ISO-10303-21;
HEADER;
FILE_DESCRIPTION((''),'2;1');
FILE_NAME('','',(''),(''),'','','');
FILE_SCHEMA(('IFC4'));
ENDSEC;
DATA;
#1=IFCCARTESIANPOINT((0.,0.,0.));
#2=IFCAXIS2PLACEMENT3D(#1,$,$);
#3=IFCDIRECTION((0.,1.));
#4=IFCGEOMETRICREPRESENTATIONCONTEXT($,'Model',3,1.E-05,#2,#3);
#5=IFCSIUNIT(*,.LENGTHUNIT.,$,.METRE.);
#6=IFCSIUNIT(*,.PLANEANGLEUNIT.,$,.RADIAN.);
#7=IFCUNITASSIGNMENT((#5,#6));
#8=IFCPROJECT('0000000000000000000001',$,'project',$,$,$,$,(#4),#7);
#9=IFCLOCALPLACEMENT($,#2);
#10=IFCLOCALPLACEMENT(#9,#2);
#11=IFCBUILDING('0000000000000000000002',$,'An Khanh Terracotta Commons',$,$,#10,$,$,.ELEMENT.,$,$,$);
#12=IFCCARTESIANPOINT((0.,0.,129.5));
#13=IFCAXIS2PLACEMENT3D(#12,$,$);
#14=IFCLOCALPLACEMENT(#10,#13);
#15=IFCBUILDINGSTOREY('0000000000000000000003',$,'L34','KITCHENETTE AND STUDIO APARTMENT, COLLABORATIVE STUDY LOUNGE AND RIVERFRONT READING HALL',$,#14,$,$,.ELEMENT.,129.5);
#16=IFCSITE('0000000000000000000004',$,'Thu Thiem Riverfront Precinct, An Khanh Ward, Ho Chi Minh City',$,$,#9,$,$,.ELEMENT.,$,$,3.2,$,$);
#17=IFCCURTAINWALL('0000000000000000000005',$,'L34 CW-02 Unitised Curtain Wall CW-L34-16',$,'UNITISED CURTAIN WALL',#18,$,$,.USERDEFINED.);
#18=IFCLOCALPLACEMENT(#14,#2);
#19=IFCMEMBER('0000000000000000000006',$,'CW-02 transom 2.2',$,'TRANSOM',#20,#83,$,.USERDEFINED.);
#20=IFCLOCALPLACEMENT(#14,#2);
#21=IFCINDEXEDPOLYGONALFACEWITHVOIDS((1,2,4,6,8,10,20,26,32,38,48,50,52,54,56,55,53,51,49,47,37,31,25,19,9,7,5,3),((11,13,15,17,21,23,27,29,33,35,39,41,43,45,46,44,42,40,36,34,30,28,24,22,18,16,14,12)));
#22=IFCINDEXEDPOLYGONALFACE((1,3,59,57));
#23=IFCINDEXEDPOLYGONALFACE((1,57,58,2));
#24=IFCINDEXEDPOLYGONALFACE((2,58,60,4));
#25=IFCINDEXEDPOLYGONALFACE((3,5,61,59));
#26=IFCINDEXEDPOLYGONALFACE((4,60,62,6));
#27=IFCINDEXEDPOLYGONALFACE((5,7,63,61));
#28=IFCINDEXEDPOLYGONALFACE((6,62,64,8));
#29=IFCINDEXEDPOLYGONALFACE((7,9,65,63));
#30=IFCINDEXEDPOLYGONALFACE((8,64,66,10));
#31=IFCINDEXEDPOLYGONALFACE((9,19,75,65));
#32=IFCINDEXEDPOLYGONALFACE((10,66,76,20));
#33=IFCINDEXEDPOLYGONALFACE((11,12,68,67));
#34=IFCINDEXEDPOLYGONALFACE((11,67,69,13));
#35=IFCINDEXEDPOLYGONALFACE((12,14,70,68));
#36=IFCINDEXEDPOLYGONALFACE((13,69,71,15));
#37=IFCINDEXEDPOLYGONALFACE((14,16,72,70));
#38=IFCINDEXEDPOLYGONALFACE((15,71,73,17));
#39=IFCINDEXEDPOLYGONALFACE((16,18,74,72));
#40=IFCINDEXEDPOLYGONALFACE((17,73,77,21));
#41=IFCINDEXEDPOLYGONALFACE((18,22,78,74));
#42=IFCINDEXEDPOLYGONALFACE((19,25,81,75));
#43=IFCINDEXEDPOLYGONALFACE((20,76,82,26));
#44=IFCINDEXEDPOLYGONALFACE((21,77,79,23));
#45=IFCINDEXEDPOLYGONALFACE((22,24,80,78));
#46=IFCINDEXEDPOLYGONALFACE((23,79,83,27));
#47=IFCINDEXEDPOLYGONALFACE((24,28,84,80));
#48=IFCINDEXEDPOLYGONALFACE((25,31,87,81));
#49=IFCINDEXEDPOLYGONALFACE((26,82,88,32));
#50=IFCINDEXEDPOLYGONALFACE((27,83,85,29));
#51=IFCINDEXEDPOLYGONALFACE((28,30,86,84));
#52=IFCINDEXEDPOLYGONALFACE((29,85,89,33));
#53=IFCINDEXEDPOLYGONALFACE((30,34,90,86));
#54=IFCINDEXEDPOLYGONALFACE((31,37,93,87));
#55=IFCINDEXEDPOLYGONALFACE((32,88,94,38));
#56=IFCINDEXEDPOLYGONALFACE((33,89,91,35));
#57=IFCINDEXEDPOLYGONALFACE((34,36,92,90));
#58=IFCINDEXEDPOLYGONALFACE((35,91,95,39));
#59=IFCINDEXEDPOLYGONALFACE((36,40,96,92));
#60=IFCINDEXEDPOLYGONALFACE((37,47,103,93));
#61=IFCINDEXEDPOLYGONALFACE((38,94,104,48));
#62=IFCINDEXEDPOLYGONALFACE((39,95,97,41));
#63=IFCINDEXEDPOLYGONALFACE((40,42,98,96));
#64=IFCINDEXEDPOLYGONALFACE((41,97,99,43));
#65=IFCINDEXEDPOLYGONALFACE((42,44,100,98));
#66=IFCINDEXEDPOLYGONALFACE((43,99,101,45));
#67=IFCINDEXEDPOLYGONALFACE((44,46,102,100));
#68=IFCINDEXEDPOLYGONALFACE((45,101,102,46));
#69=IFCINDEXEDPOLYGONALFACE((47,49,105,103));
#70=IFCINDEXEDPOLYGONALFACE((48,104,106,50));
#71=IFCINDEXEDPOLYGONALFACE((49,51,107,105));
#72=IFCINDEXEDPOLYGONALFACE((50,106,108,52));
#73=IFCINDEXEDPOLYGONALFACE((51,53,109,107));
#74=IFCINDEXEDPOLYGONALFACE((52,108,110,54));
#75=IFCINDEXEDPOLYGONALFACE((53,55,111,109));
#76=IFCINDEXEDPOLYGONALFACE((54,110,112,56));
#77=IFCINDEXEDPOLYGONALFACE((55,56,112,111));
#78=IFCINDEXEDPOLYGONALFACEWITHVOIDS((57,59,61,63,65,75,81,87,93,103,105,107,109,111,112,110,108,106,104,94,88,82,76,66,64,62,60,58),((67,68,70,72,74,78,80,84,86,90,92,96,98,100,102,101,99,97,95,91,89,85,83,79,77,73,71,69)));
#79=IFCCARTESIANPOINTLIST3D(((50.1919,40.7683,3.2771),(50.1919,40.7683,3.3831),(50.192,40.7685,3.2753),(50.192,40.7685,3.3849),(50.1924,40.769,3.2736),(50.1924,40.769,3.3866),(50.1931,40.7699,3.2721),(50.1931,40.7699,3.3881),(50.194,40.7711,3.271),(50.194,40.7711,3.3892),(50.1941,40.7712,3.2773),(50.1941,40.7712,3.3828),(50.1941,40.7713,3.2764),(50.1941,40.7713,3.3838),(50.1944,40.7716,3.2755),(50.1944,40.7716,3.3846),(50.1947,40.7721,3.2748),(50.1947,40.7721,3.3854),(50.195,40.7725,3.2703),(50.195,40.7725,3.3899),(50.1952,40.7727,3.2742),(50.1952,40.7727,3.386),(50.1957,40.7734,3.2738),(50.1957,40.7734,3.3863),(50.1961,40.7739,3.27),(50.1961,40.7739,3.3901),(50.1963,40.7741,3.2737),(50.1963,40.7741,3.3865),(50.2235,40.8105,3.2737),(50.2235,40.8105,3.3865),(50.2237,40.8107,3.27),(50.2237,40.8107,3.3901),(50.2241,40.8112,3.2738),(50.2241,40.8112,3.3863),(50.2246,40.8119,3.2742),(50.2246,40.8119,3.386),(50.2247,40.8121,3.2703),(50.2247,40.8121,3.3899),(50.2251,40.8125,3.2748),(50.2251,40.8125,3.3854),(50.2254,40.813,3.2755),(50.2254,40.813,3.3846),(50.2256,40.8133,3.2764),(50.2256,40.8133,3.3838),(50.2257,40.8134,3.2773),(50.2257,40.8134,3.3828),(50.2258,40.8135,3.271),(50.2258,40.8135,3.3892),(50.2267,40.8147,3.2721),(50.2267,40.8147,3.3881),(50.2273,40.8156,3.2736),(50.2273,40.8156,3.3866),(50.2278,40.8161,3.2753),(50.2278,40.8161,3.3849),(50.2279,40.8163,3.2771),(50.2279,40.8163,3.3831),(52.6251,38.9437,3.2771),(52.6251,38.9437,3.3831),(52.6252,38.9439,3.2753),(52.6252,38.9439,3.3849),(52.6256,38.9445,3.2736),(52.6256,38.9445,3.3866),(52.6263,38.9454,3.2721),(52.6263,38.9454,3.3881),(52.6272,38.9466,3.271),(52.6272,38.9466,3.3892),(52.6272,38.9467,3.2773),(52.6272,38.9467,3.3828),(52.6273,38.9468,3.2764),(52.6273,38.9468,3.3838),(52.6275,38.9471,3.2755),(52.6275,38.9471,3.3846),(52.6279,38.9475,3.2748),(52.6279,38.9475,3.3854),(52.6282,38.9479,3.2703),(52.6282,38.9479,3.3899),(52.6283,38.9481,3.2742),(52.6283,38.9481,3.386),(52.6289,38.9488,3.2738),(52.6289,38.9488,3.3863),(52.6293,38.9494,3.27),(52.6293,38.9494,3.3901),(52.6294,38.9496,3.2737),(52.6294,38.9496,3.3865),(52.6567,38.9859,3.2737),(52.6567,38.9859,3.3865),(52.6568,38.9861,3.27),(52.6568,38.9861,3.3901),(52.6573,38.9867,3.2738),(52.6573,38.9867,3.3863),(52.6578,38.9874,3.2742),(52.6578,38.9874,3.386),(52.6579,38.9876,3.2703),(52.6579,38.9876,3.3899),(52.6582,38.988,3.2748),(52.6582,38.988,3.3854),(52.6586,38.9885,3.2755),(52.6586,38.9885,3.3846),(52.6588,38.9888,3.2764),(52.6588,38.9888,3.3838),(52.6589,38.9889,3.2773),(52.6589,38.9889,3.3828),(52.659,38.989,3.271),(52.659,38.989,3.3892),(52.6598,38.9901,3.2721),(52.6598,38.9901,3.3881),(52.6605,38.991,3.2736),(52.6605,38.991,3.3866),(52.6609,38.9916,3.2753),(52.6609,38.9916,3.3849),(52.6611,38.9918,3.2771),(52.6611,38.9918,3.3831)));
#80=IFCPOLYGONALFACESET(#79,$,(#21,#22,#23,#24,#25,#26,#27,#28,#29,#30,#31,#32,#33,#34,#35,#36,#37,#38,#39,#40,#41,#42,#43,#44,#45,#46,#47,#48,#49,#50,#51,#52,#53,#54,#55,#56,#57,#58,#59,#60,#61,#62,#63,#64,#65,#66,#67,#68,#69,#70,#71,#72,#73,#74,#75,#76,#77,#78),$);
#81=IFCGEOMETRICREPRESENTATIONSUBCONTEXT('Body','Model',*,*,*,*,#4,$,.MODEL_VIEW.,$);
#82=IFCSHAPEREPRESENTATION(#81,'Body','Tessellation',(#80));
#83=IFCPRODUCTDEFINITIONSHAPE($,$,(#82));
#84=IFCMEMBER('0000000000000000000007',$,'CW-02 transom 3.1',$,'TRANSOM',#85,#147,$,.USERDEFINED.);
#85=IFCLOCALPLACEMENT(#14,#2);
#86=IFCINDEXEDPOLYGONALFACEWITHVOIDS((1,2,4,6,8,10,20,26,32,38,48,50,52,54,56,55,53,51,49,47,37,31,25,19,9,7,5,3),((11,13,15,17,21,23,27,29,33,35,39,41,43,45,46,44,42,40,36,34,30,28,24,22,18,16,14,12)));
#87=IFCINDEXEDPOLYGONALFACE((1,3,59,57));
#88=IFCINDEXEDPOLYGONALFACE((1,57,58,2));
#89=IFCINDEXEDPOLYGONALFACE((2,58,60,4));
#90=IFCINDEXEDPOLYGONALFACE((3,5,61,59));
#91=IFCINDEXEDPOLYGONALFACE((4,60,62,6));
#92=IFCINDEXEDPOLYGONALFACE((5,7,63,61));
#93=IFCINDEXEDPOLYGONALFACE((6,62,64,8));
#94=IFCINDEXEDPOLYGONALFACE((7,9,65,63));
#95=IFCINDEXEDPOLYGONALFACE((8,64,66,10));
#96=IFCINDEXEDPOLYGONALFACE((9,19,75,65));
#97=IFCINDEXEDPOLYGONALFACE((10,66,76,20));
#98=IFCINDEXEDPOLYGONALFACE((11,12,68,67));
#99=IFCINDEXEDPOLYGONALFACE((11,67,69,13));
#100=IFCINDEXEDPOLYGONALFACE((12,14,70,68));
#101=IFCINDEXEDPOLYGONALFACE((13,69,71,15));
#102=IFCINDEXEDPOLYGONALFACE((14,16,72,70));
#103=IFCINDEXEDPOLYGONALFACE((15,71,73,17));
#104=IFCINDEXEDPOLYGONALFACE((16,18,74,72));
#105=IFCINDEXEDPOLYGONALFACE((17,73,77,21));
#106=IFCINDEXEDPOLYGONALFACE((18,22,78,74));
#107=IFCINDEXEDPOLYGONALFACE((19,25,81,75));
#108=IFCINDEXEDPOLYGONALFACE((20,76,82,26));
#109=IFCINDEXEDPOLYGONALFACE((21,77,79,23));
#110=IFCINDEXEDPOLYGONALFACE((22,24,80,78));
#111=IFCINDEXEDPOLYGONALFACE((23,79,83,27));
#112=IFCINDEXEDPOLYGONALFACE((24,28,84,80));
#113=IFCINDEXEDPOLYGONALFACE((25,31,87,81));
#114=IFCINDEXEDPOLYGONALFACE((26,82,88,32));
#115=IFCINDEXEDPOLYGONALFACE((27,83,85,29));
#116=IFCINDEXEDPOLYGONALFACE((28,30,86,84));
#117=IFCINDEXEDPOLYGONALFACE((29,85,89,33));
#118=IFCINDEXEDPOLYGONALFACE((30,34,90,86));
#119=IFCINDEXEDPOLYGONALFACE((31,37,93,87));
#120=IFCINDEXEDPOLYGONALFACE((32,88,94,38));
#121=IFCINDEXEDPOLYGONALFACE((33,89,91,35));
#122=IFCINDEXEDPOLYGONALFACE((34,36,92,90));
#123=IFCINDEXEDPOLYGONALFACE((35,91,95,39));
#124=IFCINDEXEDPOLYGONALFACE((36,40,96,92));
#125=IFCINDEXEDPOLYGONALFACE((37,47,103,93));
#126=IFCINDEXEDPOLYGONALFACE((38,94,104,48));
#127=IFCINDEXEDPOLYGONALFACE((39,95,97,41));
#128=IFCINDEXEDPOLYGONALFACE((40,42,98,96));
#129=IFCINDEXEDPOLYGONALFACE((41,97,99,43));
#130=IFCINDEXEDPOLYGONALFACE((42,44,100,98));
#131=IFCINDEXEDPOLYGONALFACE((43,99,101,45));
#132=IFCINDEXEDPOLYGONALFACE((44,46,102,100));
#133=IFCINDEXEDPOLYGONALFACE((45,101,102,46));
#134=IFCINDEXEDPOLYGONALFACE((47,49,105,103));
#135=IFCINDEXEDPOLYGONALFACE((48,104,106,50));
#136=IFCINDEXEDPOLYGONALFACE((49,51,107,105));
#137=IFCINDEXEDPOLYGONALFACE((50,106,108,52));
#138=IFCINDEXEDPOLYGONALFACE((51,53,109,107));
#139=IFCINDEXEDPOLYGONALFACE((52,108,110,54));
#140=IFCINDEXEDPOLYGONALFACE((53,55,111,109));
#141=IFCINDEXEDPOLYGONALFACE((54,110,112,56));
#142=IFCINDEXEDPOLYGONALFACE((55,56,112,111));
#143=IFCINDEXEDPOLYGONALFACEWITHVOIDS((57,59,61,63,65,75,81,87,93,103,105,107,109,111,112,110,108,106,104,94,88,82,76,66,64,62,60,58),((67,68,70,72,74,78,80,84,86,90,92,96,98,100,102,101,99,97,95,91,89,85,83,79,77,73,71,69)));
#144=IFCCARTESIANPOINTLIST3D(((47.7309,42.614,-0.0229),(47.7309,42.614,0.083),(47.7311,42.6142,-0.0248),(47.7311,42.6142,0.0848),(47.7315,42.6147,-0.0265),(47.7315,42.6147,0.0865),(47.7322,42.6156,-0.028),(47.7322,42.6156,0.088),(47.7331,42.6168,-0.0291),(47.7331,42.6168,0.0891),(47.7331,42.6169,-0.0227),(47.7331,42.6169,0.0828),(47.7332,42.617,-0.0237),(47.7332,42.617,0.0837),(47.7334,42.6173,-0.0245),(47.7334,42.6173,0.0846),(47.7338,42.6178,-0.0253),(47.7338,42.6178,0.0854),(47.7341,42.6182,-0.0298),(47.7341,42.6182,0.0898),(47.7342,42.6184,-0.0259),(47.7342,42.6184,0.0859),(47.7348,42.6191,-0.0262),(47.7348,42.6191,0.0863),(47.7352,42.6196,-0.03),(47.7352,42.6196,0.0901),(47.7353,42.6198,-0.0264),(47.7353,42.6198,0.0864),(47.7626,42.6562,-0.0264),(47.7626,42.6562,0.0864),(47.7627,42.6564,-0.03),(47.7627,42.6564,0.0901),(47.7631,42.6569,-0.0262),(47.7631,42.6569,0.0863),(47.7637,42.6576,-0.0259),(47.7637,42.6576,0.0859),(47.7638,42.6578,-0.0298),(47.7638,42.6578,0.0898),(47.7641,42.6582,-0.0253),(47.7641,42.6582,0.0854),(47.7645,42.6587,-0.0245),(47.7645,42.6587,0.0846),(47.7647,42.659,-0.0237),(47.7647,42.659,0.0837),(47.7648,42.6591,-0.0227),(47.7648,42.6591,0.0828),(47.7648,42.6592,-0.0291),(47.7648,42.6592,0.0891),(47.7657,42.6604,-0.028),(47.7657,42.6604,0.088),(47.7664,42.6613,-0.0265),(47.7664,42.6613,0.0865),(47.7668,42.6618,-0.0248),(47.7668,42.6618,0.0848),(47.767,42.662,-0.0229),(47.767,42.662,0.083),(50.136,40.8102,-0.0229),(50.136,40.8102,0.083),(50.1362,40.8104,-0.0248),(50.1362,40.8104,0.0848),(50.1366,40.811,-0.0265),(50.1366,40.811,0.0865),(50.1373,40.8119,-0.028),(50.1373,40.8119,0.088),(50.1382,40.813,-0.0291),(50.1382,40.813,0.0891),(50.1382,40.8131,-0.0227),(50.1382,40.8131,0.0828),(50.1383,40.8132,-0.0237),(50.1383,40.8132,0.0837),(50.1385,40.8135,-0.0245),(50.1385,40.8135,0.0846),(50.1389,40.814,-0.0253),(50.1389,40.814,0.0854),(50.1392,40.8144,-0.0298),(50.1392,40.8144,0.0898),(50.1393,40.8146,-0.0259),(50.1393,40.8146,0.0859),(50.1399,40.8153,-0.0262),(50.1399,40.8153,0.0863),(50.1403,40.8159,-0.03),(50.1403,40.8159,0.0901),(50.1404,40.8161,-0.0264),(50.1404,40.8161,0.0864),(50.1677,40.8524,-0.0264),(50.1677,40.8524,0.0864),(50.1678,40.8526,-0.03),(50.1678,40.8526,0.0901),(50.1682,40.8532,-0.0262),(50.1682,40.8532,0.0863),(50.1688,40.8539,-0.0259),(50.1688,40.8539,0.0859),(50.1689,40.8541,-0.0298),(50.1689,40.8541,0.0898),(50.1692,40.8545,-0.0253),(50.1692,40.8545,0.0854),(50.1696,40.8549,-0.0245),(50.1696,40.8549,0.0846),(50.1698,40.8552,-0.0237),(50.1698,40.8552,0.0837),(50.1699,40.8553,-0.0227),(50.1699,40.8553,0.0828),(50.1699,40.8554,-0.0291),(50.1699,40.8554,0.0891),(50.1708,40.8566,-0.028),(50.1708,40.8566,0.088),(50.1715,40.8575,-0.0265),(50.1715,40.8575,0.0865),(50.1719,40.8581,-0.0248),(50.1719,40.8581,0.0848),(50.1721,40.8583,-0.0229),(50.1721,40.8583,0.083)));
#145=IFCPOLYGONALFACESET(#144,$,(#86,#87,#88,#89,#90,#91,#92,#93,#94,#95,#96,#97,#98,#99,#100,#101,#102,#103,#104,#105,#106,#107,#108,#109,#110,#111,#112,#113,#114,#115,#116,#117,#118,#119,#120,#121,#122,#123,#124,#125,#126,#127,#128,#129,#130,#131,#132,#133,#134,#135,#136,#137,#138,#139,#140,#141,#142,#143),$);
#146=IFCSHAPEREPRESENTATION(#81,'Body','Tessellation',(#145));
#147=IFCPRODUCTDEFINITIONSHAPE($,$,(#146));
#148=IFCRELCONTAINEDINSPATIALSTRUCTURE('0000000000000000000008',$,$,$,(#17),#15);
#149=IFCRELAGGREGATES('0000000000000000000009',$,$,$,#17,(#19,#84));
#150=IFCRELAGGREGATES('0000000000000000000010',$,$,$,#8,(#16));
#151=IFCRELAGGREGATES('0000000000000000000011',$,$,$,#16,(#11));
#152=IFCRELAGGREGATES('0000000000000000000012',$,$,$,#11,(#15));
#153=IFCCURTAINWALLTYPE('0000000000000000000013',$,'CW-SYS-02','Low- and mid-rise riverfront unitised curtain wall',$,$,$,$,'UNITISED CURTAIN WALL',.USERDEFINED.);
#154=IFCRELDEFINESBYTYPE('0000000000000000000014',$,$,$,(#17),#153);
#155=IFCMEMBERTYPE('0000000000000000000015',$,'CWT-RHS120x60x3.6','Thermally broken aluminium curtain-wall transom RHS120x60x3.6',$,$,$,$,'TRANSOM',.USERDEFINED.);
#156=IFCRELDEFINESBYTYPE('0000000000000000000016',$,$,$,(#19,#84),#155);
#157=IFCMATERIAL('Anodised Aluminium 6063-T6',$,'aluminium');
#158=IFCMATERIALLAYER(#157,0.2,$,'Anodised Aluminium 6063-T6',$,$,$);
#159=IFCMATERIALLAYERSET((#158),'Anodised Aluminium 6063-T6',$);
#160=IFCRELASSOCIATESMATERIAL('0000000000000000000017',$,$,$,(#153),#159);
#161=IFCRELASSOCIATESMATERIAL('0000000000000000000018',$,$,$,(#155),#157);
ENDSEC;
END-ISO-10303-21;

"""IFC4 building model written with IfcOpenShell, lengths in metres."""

from ifc_helpers import new_model, si_unit, direction, frame, origin, origin_2d, place, context, subcontext, project, spatial, hollow_rectangle, extrude, material, layer, layer_set, material_profile, profile_set, type_object, element, aggregate, save


model = new_model("IFC4")

# Units and contexts
model_context = context("Model", 3, precision=1e-05, world=origin(), true_north=direction((0.0, 1.0)))
body_context = subcontext(model_context, "Body", "Model", "MODEL_VIEW")
ifc_project = project(units=[si_unit("LENGTHUNIT", "METRE"), si_unit("PLANEANGLEUNIT", "RADIAN")], contexts=[model_context])

# Site, building, storey
site_placement = place(None, origin())
site = spatial("IfcSite", under=ifc_project, at=site_placement, Name="Thu Thiem Riverfront Precinct, An Khanh Ward, Ho Chi Minh City", CompositionType="ELEMENT", RefElevation=3.2)
building_placement = place(site_placement, origin())
building = spatial("IfcBuilding", under=site, at=building_placement, Name="An Khanh Terracotta Commons", CompositionType="ELEMENT")
storey_placement = place(building_placement, frame((0.0, 0.0, 129.5)))
storey = spatial("IfcBuildingStorey", under=building, at=storey_placement, Name="L34", Description="KITCHENETTE AND STUDIO APARTMENT, COLLABORATIVE STUDY LOUNGE AND RIVERFRONT READING HALL", CompositionType="ELEMENT", Elevation=129.5)

# Curtain wall, members
ifc_material_1 = material(Name="Anodised Aluminium 6063-T6", Category="aluminium")
ifc_layer_1 = layer(ifc_material_1, 0.2, Name="Anodised Aluminium 6063-T6")
ifc_layer_set_1 = layer_set([ifc_layer_1], Name="Anodised Aluminium 6063-T6")
curtain_wall_type = type_object("IfcCurtainWallType", Name="CW-SYS-02", Description="Low- and mid-rise riverfront unitised curtain wall", ElementType="UNITISED CURTAIN WALL", PredefinedType="USERDEFINED", material=ifc_layer_set_1)
curtain_wall_placement = place(storey_placement, origin())
curtain_wall = element("IfcCurtainWall", 1, at=curtain_wall_placement, inside=storey, type_object=curtain_wall_type, Name="L34 CW-02 Unitised Curtain Wall CW-L34-16", ObjectType="UNITISED CURTAIN WALL", PredefinedType="USERDEFINED")
ifc_material_profile_1 = material_profile(ifc_material_1, hollow_rectangle(XDim=0.0601, YDim=0.1201, WallThickness=0.0037, InnerFilletRadius=0.0037, OuterFilletRadius=0.0071, at=origin_2d()), Name="RHS120x60x3.6")
ifc_profile_set_1 = profile_set([ifc_material_profile_1], Name="Anodised Aluminium 6063-T6")
member_type_1 = type_object("IfcMemberType", Name="CWT-RHS120x60x3.6", Description="Thermally broken aluminium curtain-wall transom RHS120x60x3.6", ElementType="TRANSOM", PredefinedType="USERDEFINED", material=ifc_profile_set_1)
member_1_placement = place(storey_placement, frame((52.6431, 38.9678, 3.3301), z_axis=(-0.800058, 0.599923, 0.0), x_axis=(-0.599923, -0.800058, 0.0)))
member_1 = element("IfcMember", 2, at=member_1_placement, type_object=member_type_1, Name="CW-02 transom 2.2", ObjectType="TRANSOM", PredefinedType="USERDEFINED", context=body_context, shape_type="SweptSolid", body=[
    extrude(hollow_rectangle(XDim=0.0601, YDim=0.1201, WallThickness=0.0037, InnerFilletRadius=0.0037, OuterFilletRadius=0.0071, at=origin_2d()), origin(), (0.0, 0.0, 1.0), 3.0413),
])
member_2_placement = place(storey_placement, frame((50.1541, 40.8342, 0.03), z_axis=(-0.80001, 0.599987, 0.0), x_axis=(-0.599987, -0.80001, 0.0)))
member_2 = element("IfcMember", 3, at=member_2_placement, type_object=member_type_1, Name="CW-02 transom 3.1", ObjectType="TRANSOM", PredefinedType="USERDEFINED", context=body_context, shape_type="SweptSolid", body=[
    extrude(hollow_rectangle(XDim=0.0601, YDim=0.1201, WallThickness=0.0037, InnerFilletRadius=0.0037, OuterFilletRadius=0.0071, at=origin_2d()), origin(), (0.0, 0.0, 1.0), 3.0063),
])
aggregate(curtain_wall, [member_1, member_2])

save(model, "model.ifc")
